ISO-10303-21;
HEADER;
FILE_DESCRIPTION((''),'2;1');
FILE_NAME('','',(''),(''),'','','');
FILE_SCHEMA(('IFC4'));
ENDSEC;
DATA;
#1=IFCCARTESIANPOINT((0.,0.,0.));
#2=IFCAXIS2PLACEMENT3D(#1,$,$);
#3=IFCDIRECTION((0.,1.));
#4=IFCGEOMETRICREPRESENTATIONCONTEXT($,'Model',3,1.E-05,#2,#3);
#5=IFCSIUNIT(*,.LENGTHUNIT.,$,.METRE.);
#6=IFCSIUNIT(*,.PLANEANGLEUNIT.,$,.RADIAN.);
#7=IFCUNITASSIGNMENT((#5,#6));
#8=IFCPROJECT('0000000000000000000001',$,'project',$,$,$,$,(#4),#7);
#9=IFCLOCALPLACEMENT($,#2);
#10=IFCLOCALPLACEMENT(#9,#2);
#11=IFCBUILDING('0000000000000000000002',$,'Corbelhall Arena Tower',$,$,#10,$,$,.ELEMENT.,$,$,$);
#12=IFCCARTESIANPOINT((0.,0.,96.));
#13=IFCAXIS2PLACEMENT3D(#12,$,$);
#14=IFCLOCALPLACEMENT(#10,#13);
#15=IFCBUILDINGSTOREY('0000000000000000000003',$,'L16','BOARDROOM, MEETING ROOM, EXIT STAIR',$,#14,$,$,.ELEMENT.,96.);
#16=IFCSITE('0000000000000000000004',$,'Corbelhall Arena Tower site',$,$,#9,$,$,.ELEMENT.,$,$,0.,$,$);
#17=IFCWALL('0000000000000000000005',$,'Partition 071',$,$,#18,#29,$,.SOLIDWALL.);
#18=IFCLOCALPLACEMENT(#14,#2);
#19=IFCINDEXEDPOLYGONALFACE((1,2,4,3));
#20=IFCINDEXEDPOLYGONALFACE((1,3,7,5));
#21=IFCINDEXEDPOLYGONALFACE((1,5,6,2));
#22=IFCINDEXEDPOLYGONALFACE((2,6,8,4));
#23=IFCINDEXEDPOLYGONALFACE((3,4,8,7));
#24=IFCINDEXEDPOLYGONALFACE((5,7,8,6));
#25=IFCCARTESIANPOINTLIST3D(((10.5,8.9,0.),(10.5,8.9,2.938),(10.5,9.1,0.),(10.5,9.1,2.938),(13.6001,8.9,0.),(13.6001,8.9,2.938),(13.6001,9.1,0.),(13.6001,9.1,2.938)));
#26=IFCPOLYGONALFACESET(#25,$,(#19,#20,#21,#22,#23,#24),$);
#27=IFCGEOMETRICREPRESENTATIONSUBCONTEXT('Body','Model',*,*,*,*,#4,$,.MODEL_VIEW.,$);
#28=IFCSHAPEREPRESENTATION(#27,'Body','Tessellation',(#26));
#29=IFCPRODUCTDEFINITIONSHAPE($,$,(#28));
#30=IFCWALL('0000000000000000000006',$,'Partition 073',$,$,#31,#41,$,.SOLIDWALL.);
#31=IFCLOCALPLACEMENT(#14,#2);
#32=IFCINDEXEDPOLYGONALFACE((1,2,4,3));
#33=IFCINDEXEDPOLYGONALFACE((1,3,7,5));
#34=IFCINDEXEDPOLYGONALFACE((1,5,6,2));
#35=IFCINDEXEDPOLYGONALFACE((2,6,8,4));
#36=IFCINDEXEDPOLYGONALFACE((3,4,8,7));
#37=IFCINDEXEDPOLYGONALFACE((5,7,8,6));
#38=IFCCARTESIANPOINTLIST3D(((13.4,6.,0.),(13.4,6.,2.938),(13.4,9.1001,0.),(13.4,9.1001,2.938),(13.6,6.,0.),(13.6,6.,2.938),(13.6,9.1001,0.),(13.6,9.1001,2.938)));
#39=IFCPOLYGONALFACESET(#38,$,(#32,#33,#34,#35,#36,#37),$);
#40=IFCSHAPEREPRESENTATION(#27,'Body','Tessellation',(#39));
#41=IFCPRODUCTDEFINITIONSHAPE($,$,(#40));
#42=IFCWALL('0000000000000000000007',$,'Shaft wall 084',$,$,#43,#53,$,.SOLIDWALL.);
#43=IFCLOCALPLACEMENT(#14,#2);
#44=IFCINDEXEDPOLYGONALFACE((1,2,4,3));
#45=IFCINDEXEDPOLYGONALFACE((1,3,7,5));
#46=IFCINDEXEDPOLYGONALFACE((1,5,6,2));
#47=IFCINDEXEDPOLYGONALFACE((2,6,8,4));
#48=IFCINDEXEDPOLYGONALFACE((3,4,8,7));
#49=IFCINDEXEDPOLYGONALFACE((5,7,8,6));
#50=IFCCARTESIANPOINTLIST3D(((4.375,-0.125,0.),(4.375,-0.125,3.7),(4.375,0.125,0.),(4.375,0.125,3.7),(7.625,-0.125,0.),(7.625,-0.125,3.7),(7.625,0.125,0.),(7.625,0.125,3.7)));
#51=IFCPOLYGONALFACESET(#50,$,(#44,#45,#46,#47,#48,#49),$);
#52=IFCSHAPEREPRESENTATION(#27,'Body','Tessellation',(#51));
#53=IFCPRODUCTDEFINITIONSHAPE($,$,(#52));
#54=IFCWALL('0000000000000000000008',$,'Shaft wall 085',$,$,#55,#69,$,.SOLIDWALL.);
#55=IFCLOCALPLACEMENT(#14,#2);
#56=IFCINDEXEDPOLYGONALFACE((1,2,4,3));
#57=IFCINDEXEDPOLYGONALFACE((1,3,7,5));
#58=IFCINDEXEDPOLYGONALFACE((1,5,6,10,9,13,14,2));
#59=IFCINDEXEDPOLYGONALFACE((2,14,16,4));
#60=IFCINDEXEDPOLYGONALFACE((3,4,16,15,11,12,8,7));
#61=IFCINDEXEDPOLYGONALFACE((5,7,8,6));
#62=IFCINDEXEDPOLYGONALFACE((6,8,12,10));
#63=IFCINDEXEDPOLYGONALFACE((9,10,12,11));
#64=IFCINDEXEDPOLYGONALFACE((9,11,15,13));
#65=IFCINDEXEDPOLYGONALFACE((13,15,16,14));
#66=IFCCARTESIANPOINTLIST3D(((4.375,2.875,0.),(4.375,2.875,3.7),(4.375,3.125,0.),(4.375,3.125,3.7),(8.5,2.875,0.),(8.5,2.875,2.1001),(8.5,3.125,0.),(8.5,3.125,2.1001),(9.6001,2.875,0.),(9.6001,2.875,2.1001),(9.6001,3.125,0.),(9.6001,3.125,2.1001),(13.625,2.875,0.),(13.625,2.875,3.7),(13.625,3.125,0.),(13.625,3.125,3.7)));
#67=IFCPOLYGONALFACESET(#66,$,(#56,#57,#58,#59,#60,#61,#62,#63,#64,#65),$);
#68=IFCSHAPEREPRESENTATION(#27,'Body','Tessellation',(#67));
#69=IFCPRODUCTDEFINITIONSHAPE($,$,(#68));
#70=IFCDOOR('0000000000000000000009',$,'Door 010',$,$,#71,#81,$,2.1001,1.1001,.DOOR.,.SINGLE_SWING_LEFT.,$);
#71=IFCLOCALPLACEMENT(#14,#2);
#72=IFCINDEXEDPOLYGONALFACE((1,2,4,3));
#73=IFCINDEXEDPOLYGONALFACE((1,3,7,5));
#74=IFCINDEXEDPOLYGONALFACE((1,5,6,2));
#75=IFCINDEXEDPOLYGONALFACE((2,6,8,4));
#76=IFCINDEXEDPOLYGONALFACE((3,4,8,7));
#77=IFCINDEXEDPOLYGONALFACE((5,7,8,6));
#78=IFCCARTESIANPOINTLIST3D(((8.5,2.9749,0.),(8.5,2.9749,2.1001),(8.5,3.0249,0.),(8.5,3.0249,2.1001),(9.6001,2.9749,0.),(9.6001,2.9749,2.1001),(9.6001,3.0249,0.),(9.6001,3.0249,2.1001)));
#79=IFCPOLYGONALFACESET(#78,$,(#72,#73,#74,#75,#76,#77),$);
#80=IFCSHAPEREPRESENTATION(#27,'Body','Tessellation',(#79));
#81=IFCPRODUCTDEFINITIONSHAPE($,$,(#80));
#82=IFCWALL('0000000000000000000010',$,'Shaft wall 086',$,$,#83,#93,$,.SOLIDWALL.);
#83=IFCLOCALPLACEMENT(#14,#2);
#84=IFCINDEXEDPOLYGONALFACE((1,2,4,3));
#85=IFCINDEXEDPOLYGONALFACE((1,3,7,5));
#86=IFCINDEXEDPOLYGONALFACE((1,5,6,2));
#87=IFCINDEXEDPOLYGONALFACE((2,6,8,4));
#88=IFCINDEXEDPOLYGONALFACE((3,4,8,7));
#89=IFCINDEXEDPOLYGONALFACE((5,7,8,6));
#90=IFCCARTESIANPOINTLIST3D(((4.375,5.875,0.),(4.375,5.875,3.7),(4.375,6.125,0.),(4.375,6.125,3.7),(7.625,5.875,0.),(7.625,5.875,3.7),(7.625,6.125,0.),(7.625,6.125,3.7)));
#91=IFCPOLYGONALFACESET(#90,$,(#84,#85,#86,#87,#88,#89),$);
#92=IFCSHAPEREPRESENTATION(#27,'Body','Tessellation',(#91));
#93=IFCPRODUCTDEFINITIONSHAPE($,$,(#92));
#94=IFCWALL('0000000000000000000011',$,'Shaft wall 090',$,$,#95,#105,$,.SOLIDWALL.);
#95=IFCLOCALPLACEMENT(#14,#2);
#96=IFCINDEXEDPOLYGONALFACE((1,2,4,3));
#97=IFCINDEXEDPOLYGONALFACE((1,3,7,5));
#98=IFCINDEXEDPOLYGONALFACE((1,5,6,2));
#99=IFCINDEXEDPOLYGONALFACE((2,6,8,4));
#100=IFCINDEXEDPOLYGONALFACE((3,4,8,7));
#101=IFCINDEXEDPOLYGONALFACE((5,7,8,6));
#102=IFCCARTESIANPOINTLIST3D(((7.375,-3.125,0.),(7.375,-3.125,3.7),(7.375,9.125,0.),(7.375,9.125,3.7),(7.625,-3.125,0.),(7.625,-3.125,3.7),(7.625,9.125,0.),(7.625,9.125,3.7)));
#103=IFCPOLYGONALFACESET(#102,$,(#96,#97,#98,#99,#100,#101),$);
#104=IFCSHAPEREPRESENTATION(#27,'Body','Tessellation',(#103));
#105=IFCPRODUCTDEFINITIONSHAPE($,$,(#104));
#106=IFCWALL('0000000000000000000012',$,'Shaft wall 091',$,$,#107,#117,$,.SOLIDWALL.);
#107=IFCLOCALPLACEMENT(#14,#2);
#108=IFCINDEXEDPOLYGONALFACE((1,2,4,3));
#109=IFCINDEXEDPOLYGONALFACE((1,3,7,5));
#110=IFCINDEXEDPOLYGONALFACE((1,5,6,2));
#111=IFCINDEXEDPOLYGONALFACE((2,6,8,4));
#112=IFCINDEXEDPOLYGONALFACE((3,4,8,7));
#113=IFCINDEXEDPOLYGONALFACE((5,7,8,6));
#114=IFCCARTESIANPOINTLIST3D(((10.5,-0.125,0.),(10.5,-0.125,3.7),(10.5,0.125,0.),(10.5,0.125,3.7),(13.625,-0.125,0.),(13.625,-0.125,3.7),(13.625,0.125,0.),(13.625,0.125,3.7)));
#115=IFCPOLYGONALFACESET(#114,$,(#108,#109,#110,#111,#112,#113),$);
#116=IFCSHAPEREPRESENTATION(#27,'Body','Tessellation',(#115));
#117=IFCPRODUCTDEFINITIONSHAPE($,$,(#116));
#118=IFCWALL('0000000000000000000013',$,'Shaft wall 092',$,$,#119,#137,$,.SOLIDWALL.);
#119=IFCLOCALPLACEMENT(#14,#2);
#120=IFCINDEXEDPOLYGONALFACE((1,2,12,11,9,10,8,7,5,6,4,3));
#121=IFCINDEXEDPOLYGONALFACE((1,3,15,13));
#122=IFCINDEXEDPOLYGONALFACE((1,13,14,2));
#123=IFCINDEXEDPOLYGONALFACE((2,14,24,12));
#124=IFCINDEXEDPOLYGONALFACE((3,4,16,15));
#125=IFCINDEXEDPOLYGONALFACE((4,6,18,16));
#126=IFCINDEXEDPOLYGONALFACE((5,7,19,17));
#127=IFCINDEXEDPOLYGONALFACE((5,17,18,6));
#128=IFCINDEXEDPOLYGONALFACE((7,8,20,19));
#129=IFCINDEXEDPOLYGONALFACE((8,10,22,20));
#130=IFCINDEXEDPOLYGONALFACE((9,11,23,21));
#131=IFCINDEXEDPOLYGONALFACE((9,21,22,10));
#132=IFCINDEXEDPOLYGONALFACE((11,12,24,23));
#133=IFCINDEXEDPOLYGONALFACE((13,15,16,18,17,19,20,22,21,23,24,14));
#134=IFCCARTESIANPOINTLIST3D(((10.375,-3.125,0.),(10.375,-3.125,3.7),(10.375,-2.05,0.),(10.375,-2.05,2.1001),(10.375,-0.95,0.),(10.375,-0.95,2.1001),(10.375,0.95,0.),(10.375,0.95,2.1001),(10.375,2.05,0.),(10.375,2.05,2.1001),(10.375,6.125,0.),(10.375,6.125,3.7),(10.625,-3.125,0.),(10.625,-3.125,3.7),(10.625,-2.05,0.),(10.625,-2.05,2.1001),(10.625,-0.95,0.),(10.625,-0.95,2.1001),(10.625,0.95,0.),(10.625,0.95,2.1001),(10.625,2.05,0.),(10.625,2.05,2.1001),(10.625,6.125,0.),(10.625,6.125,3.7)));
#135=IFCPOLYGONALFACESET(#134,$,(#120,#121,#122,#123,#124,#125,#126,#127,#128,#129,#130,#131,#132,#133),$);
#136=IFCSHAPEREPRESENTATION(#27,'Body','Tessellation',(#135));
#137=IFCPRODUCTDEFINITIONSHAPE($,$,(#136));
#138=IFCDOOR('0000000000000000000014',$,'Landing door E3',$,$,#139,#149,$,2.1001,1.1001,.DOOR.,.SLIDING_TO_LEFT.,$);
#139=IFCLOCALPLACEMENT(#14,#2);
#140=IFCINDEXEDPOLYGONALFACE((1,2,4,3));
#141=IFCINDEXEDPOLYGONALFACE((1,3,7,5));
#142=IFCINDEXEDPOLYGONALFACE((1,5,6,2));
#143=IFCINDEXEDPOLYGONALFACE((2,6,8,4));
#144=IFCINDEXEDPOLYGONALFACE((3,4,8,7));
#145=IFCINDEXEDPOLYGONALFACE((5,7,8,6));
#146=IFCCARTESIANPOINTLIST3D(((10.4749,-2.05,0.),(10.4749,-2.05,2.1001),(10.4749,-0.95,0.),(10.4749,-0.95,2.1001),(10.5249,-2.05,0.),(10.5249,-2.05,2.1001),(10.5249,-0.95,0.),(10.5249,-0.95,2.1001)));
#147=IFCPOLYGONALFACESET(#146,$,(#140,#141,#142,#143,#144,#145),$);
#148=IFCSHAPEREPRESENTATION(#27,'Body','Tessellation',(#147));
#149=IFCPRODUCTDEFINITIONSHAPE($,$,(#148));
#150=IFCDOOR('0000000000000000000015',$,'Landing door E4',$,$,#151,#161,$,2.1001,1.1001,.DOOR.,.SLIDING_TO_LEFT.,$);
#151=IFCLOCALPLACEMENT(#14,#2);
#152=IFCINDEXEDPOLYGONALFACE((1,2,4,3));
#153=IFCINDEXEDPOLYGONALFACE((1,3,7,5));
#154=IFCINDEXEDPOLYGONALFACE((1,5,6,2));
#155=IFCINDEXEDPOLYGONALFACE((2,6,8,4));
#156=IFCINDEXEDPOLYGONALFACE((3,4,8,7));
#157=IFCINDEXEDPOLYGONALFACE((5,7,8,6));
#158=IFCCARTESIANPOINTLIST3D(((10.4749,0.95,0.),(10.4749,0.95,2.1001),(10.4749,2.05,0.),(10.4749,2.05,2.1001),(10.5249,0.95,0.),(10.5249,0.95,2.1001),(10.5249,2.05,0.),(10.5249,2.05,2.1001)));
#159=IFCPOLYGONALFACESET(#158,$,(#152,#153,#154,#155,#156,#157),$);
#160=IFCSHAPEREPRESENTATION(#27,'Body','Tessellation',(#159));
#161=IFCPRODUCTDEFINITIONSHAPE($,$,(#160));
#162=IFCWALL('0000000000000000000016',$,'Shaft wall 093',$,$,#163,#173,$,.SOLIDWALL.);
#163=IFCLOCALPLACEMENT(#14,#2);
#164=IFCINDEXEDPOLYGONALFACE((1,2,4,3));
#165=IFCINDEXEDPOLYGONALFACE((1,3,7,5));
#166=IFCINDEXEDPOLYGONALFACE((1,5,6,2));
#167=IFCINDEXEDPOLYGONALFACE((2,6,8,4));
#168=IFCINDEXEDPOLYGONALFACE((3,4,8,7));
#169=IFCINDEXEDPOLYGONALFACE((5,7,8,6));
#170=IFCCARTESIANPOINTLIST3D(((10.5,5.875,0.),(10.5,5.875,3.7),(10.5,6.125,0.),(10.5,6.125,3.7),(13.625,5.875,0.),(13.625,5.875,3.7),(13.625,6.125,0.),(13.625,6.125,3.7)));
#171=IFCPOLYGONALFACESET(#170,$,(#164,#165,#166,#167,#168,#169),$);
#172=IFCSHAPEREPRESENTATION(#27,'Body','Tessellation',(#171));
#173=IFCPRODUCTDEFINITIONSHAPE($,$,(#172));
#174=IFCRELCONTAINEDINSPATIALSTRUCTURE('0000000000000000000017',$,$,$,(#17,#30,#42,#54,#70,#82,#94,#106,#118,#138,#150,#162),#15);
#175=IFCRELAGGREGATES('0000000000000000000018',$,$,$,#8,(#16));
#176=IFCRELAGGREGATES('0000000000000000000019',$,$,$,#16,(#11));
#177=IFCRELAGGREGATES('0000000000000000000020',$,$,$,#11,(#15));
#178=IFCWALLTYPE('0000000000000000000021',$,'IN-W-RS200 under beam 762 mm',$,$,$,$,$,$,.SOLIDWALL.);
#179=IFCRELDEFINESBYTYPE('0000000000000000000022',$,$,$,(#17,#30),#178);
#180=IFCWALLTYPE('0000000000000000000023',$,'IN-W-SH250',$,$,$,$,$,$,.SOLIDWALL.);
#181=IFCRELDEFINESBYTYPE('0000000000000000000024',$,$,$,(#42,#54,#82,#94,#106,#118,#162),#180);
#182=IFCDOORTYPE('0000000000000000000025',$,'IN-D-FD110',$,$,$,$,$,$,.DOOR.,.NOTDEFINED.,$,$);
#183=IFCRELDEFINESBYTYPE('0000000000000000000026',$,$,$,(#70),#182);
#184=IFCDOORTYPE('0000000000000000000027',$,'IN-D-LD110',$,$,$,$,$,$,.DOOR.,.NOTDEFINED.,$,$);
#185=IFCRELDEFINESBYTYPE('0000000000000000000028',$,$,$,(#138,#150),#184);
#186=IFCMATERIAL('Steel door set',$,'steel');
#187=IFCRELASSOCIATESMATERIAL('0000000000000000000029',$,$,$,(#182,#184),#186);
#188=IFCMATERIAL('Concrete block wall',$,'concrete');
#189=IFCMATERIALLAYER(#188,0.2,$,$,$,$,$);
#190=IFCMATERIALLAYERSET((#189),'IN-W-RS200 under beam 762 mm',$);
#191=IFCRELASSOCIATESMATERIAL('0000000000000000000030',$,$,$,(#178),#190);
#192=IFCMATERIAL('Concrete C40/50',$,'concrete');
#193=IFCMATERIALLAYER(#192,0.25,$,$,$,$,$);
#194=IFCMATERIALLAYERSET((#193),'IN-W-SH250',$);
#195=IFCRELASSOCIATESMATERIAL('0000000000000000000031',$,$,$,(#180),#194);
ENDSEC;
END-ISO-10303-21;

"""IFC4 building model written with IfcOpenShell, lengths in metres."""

from ifc_helpers import new_model, si_unit, direction, frame, frame_2d, origin, place, context, subcontext, project, spatial, rectangle, extrude, material, layer, layer_set, type_object, element, fill, save


model = new_model("IFC4")

# Units and contexts
model_context = context("Model", 3, precision=1e-05, world=origin(), true_north=direction((0.0, 1.0)))
body_context = subcontext(model_context, "Body", "Model", "MODEL_VIEW")
ifc_project = project(units=[si_unit("LENGTHUNIT", "METRE"), si_unit("PLANEANGLEUNIT", "RADIAN")], contexts=[model_context])

# Site, building, storey
site_placement = place(None, origin())
site = spatial("IfcSite", under=ifc_project, at=site_placement, Name="Corbelhall Arena Tower site", CompositionType="ELEMENT", RefElevation=0.0)
building_placement = place(site_placement, origin())
building = spatial("IfcBuilding", under=site, at=building_placement, Name="Corbelhall Arena Tower", CompositionType="ELEMENT")
storey_placement = place(building_placement, frame((0.0, 0.0, 96.0)))
storey = spatial("IfcBuildingStorey", under=building, at=storey_placement, Name="L16", Description="BOARDROOM, MEETING ROOM, EXIT STAIR", CompositionType="ELEMENT", Elevation=96.0)

# Shared definitions
ifc_material_1 = material(Name="Concrete C40/50", Category="concrete")

# Shared definitions
ifc_material_2 = material(Name="Concrete block wall", Category="concrete")
ifc_material_3 = material(Name="Steel door set", Category="steel")
door_type_1 = type_object("IfcDoorType", Name="IN-D-FD110", OperationType="NOTDEFINED", PredefinedType="DOOR", material=ifc_material_3)

# Walls
ifc_layer_1 = layer(ifc_material_2, 0.2)
ifc_layer_set_1 = layer_set([ifc_layer_1], Name="IN-W-RS200 under beam 762 mm")
wall_type_1 = type_object("IfcWallType", Name="IN-W-RS200 under beam 762 mm", PredefinedType="SOLIDWALL", material=ifc_layer_set_1)
for number, where, z_axis, x_axis, name in (
    (1, (10.5, 9.0, 0.0), (0.0, 0.0, 1.0), (1.0, 0.0, 0.0), "Partition 071"),
    (2, (13.5, 9.1001, 0.0), (0.0, 0.0, 1.0), (0.0, -1.0, 0.0), "Partition 073"),
):
    element("IfcWall", number, at=place(storey_placement, frame(where, z_axis=z_axis, x_axis=x_axis)), inside=storey, type_object=wall_type_1, Name=name, PredefinedType="SOLIDWALL", context=body_context, shape_type="SweptSolid", body=[
        extrude(rectangle(XDim=3.1001, YDim=0.2, at=frame_2d((1.55, 0.0))), origin(), (0.0, 0.0, 1.0), 2.938),
    ])
ifc_layer_2 = layer(ifc_material_1, 0.25)
ifc_layer_set_2 = layer_set([ifc_layer_2], Name="IN-W-SH250")
wall_type_2 = type_object("IfcWallType", Name="IN-W-SH250", PredefinedType="SOLIDWALL", material=ifc_layer_set_2)
wall_1_placement = place(storey_placement, frame((4.375, 0.0, 0.0), z_axis=(0.0, 0.0, 1.0), x_axis=(1.0, 0.0, 0.0)))
element("IfcWall", 3, at=wall_1_placement, inside=storey, type_object=wall_type_2, Name="Shaft wall 084", PredefinedType="SOLIDWALL", context=body_context, shape_type="SweptSolid", body=[
    extrude(rectangle(XDim=3.25, YDim=0.25, at=frame_2d((1.625, 0.0))), origin(), (0.0, 0.0, 1.0), 3.7),
])

# Wall, opening, door
wall_2_placement = place(storey_placement, frame((4.375, 3.0, 0.0), z_axis=(0.0, 0.0, 1.0), x_axis=(1.0, 0.0, 0.0)))
wall_2 = element("IfcWall", 4, at=wall_2_placement, inside=storey, type_object=wall_type_2, Name="Shaft wall 085", PredefinedType="SOLIDWALL", context=body_context, shape_type="SweptSolid", body=[
    extrude(rectangle(XDim=9.25, YDim=0.25, at=frame_2d((4.625, 0.0))), origin(), (0.0, 0.0, 1.0), 3.7),
])
opening_1_placement = place(wall_2_placement, frame((4.125, 0.0, 0.0)))
opening_1 = element("IfcOpeningElement", 5, at=opening_1_placement, cuts=wall_2, PredefinedType="OPENING", context=body_context, shape_type="SweptSolid", body=[
    extrude(rectangle(XDim=1.1001, YDim=2.1001, at=frame_2d((0.55, 1.05))), frame((0.0, 0.125, 0.0), z_axis=(0.0, -1.0, 0.0), x_axis=(1.0, 0.0, 0.0)), (0.0, 0.0, 1.0), 0.25),
])
door_1_placement = place(opening_1_placement, origin())
door_1 = element("IfcDoor", 6, at=door_1_placement, inside=storey, type_object=door_type_1, Name="Door 010", OperationType="SINGLE_SWING_LEFT", OverallHeight=2.1001, OverallWidth=1.1001, PredefinedType="DOOR", context=body_context, shape_type="SweptSolid", body=[
    extrude(rectangle(XDim=1.1001, YDim=2.1001, at=frame_2d((0.55, 1.05))), frame((0.0, 0.0249, 0.0), z_axis=(0.0, -1.0, 0.0), x_axis=(1.0, 0.0, 0.0)), (0.0, 0.0, 1.0), 0.05),
])
fill(opening_1, door_1)

# Walls
wall_3_placement = place(storey_placement, frame((4.375, 6.0, 0.0), z_axis=(0.0, 0.0, 1.0), x_axis=(1.0, 0.0, 0.0)))
element("IfcWall", 7, at=wall_3_placement, inside=storey, type_object=wall_type_2, Name="Shaft wall 086", PredefinedType="SOLIDWALL", context=body_context, shape_type="SweptSolid", body=[
    extrude(rectangle(XDim=3.25, YDim=0.25, at=frame_2d((1.625, 0.0))), origin(), (0.0, 0.0, 1.0), 3.7),
])
wall_4_placement = place(storey_placement, frame((7.5, 9.125, 0.0), z_axis=(0.0, 0.0, 1.0), x_axis=(0.0, -1.0, 0.0)))
element("IfcWall", 8, at=wall_4_placement, inside=storey, type_object=wall_type_2, Name="Shaft wall 090", PredefinedType="SOLIDWALL", context=body_context, shape_type="SweptSolid", body=[
    extrude(rectangle(XDim=12.25, YDim=0.25, at=frame_2d((6.125, 0.0))), origin(), (0.0, 0.0, 1.0), 3.7),
])
wall_5_placement = place(storey_placement, frame((10.5, 0.0, 0.0), z_axis=(0.0, 0.0, 1.0), x_axis=(1.0, 0.0, 0.0)))
element("IfcWall", 9, at=wall_5_placement, inside=storey, type_object=wall_type_2, Name="Shaft wall 091", PredefinedType="SOLIDWALL", context=body_context, shape_type="SweptSolid", body=[
    extrude(rectangle(XDim=3.125, YDim=0.25, at=frame_2d((1.5625, 0.0))), origin(), (0.0, 0.0, 1.0), 3.7),
])

# Wall, openings, doors
wall_6_placement = place(storey_placement, frame((10.5, 6.125, 0.0), z_axis=(0.0, 0.0, 1.0), x_axis=(0.0, -1.0, 0.0)))
wall_6 = element("IfcWall", 10, at=wall_6_placement, inside=storey, type_object=wall_type_2, Name="Shaft wall 092", PredefinedType="SOLIDWALL", context=body_context, shape_type="SweptSolid", body=[
    extrude(rectangle(XDim=9.25, YDim=0.25, at=frame_2d((4.625, 0.0))), origin(), (0.0, 0.0, 1.0), 3.7),
])
opening_2_placement = place(wall_6_placement, frame((7.075, 0.0, 0.0)))
opening_2 = element("IfcOpeningElement", 11, at=opening_2_placement, cuts=wall_6, PredefinedType="OPENING", context=body_context, shape_type="SweptSolid", body=[
    extrude(rectangle(XDim=1.1001, YDim=2.1001, at=frame_2d((0.55, 1.05))), frame((0.0, 0.125, 0.0), z_axis=(0.0, -1.0, 0.0), x_axis=(1.0, 0.0, 0.0)), (0.0, 0.0, 1.0), 0.25),
])
opening_3_placement = place(wall_6_placement, frame((4.075, 0.0, 0.0)))
opening_3 = element("IfcOpeningElement", 12, at=opening_3_placement, cuts=wall_6, PredefinedType="OPENING", context=body_context, shape_type="SweptSolid", body=[
    extrude(rectangle(XDim=1.1001, YDim=2.1001, at=frame_2d((0.55, 1.05))), frame((0.0, 0.125, 0.0), z_axis=(0.0, -1.0, 0.0), x_axis=(1.0, 0.0, 0.0)), (0.0, 0.0, 1.0), 0.25),
])
door_type_2 = type_object("IfcDoorType", Name="IN-D-LD110", OperationType="NOTDEFINED", PredefinedType="DOOR", material=ifc_material_3)
door_2_placement = place(opening_2_placement, origin())
door_2 = element("IfcDoor", 13, at=door_2_placement, inside=storey, type_object=door_type_2, Name="Landing door E3", OperationType="SLIDING_TO_LEFT", OverallHeight=2.1001, OverallWidth=1.1001, PredefinedType="DOOR", context=body_context, shape_type="SweptSolid", body=[
    extrude(rectangle(XDim=1.1001, YDim=2.1001, at=frame_2d((0.55, 1.05))), frame((0.0, 0.0249, 0.0), z_axis=(0.0, -1.0, 0.0), x_axis=(1.0, 0.0, 0.0)), (0.0, 0.0, 1.0), 0.05),
])
fill(opening_2, door_2)
door_3_placement = place(opening_3_placement, origin())
door_3 = element("IfcDoor", 14, at=door_3_placement, inside=storey, type_object=door_type_2, Name="Landing door E4", OperationType="SLIDING_TO_LEFT", OverallHeight=2.1001, OverallWidth=1.1001, PredefinedType="DOOR", context=body_context, shape_type="SweptSolid", body=[
    extrude(rectangle(XDim=1.1001, YDim=2.1001, at=frame_2d((0.55, 1.05))), frame((0.0, 0.0249, 0.0), z_axis=(0.0, -1.0, 0.0), x_axis=(1.0, 0.0, 0.0)), (0.0, 0.0, 1.0), 0.05),
])
fill(opening_3, door_3)

# Wall
wall_7_placement = place(storey_placement, frame((10.5, 6.0, 0.0), z_axis=(0.0, 0.0, 1.0), x_axis=(1.0, 0.0, 0.0)))
element("IfcWall", 15, at=wall_7_placement, inside=storey, type_object=wall_type_2, Name="Shaft wall 093", PredefinedType="SOLIDWALL", context=body_context, shape_type="SweptSolid", body=[
    extrude(rectangle(XDim=3.125, YDim=0.25, at=frame_2d((1.5625, 0.0))), origin(), (0.0, 0.0, 1.0), 3.7),
])

save(model, "model.ifc")
